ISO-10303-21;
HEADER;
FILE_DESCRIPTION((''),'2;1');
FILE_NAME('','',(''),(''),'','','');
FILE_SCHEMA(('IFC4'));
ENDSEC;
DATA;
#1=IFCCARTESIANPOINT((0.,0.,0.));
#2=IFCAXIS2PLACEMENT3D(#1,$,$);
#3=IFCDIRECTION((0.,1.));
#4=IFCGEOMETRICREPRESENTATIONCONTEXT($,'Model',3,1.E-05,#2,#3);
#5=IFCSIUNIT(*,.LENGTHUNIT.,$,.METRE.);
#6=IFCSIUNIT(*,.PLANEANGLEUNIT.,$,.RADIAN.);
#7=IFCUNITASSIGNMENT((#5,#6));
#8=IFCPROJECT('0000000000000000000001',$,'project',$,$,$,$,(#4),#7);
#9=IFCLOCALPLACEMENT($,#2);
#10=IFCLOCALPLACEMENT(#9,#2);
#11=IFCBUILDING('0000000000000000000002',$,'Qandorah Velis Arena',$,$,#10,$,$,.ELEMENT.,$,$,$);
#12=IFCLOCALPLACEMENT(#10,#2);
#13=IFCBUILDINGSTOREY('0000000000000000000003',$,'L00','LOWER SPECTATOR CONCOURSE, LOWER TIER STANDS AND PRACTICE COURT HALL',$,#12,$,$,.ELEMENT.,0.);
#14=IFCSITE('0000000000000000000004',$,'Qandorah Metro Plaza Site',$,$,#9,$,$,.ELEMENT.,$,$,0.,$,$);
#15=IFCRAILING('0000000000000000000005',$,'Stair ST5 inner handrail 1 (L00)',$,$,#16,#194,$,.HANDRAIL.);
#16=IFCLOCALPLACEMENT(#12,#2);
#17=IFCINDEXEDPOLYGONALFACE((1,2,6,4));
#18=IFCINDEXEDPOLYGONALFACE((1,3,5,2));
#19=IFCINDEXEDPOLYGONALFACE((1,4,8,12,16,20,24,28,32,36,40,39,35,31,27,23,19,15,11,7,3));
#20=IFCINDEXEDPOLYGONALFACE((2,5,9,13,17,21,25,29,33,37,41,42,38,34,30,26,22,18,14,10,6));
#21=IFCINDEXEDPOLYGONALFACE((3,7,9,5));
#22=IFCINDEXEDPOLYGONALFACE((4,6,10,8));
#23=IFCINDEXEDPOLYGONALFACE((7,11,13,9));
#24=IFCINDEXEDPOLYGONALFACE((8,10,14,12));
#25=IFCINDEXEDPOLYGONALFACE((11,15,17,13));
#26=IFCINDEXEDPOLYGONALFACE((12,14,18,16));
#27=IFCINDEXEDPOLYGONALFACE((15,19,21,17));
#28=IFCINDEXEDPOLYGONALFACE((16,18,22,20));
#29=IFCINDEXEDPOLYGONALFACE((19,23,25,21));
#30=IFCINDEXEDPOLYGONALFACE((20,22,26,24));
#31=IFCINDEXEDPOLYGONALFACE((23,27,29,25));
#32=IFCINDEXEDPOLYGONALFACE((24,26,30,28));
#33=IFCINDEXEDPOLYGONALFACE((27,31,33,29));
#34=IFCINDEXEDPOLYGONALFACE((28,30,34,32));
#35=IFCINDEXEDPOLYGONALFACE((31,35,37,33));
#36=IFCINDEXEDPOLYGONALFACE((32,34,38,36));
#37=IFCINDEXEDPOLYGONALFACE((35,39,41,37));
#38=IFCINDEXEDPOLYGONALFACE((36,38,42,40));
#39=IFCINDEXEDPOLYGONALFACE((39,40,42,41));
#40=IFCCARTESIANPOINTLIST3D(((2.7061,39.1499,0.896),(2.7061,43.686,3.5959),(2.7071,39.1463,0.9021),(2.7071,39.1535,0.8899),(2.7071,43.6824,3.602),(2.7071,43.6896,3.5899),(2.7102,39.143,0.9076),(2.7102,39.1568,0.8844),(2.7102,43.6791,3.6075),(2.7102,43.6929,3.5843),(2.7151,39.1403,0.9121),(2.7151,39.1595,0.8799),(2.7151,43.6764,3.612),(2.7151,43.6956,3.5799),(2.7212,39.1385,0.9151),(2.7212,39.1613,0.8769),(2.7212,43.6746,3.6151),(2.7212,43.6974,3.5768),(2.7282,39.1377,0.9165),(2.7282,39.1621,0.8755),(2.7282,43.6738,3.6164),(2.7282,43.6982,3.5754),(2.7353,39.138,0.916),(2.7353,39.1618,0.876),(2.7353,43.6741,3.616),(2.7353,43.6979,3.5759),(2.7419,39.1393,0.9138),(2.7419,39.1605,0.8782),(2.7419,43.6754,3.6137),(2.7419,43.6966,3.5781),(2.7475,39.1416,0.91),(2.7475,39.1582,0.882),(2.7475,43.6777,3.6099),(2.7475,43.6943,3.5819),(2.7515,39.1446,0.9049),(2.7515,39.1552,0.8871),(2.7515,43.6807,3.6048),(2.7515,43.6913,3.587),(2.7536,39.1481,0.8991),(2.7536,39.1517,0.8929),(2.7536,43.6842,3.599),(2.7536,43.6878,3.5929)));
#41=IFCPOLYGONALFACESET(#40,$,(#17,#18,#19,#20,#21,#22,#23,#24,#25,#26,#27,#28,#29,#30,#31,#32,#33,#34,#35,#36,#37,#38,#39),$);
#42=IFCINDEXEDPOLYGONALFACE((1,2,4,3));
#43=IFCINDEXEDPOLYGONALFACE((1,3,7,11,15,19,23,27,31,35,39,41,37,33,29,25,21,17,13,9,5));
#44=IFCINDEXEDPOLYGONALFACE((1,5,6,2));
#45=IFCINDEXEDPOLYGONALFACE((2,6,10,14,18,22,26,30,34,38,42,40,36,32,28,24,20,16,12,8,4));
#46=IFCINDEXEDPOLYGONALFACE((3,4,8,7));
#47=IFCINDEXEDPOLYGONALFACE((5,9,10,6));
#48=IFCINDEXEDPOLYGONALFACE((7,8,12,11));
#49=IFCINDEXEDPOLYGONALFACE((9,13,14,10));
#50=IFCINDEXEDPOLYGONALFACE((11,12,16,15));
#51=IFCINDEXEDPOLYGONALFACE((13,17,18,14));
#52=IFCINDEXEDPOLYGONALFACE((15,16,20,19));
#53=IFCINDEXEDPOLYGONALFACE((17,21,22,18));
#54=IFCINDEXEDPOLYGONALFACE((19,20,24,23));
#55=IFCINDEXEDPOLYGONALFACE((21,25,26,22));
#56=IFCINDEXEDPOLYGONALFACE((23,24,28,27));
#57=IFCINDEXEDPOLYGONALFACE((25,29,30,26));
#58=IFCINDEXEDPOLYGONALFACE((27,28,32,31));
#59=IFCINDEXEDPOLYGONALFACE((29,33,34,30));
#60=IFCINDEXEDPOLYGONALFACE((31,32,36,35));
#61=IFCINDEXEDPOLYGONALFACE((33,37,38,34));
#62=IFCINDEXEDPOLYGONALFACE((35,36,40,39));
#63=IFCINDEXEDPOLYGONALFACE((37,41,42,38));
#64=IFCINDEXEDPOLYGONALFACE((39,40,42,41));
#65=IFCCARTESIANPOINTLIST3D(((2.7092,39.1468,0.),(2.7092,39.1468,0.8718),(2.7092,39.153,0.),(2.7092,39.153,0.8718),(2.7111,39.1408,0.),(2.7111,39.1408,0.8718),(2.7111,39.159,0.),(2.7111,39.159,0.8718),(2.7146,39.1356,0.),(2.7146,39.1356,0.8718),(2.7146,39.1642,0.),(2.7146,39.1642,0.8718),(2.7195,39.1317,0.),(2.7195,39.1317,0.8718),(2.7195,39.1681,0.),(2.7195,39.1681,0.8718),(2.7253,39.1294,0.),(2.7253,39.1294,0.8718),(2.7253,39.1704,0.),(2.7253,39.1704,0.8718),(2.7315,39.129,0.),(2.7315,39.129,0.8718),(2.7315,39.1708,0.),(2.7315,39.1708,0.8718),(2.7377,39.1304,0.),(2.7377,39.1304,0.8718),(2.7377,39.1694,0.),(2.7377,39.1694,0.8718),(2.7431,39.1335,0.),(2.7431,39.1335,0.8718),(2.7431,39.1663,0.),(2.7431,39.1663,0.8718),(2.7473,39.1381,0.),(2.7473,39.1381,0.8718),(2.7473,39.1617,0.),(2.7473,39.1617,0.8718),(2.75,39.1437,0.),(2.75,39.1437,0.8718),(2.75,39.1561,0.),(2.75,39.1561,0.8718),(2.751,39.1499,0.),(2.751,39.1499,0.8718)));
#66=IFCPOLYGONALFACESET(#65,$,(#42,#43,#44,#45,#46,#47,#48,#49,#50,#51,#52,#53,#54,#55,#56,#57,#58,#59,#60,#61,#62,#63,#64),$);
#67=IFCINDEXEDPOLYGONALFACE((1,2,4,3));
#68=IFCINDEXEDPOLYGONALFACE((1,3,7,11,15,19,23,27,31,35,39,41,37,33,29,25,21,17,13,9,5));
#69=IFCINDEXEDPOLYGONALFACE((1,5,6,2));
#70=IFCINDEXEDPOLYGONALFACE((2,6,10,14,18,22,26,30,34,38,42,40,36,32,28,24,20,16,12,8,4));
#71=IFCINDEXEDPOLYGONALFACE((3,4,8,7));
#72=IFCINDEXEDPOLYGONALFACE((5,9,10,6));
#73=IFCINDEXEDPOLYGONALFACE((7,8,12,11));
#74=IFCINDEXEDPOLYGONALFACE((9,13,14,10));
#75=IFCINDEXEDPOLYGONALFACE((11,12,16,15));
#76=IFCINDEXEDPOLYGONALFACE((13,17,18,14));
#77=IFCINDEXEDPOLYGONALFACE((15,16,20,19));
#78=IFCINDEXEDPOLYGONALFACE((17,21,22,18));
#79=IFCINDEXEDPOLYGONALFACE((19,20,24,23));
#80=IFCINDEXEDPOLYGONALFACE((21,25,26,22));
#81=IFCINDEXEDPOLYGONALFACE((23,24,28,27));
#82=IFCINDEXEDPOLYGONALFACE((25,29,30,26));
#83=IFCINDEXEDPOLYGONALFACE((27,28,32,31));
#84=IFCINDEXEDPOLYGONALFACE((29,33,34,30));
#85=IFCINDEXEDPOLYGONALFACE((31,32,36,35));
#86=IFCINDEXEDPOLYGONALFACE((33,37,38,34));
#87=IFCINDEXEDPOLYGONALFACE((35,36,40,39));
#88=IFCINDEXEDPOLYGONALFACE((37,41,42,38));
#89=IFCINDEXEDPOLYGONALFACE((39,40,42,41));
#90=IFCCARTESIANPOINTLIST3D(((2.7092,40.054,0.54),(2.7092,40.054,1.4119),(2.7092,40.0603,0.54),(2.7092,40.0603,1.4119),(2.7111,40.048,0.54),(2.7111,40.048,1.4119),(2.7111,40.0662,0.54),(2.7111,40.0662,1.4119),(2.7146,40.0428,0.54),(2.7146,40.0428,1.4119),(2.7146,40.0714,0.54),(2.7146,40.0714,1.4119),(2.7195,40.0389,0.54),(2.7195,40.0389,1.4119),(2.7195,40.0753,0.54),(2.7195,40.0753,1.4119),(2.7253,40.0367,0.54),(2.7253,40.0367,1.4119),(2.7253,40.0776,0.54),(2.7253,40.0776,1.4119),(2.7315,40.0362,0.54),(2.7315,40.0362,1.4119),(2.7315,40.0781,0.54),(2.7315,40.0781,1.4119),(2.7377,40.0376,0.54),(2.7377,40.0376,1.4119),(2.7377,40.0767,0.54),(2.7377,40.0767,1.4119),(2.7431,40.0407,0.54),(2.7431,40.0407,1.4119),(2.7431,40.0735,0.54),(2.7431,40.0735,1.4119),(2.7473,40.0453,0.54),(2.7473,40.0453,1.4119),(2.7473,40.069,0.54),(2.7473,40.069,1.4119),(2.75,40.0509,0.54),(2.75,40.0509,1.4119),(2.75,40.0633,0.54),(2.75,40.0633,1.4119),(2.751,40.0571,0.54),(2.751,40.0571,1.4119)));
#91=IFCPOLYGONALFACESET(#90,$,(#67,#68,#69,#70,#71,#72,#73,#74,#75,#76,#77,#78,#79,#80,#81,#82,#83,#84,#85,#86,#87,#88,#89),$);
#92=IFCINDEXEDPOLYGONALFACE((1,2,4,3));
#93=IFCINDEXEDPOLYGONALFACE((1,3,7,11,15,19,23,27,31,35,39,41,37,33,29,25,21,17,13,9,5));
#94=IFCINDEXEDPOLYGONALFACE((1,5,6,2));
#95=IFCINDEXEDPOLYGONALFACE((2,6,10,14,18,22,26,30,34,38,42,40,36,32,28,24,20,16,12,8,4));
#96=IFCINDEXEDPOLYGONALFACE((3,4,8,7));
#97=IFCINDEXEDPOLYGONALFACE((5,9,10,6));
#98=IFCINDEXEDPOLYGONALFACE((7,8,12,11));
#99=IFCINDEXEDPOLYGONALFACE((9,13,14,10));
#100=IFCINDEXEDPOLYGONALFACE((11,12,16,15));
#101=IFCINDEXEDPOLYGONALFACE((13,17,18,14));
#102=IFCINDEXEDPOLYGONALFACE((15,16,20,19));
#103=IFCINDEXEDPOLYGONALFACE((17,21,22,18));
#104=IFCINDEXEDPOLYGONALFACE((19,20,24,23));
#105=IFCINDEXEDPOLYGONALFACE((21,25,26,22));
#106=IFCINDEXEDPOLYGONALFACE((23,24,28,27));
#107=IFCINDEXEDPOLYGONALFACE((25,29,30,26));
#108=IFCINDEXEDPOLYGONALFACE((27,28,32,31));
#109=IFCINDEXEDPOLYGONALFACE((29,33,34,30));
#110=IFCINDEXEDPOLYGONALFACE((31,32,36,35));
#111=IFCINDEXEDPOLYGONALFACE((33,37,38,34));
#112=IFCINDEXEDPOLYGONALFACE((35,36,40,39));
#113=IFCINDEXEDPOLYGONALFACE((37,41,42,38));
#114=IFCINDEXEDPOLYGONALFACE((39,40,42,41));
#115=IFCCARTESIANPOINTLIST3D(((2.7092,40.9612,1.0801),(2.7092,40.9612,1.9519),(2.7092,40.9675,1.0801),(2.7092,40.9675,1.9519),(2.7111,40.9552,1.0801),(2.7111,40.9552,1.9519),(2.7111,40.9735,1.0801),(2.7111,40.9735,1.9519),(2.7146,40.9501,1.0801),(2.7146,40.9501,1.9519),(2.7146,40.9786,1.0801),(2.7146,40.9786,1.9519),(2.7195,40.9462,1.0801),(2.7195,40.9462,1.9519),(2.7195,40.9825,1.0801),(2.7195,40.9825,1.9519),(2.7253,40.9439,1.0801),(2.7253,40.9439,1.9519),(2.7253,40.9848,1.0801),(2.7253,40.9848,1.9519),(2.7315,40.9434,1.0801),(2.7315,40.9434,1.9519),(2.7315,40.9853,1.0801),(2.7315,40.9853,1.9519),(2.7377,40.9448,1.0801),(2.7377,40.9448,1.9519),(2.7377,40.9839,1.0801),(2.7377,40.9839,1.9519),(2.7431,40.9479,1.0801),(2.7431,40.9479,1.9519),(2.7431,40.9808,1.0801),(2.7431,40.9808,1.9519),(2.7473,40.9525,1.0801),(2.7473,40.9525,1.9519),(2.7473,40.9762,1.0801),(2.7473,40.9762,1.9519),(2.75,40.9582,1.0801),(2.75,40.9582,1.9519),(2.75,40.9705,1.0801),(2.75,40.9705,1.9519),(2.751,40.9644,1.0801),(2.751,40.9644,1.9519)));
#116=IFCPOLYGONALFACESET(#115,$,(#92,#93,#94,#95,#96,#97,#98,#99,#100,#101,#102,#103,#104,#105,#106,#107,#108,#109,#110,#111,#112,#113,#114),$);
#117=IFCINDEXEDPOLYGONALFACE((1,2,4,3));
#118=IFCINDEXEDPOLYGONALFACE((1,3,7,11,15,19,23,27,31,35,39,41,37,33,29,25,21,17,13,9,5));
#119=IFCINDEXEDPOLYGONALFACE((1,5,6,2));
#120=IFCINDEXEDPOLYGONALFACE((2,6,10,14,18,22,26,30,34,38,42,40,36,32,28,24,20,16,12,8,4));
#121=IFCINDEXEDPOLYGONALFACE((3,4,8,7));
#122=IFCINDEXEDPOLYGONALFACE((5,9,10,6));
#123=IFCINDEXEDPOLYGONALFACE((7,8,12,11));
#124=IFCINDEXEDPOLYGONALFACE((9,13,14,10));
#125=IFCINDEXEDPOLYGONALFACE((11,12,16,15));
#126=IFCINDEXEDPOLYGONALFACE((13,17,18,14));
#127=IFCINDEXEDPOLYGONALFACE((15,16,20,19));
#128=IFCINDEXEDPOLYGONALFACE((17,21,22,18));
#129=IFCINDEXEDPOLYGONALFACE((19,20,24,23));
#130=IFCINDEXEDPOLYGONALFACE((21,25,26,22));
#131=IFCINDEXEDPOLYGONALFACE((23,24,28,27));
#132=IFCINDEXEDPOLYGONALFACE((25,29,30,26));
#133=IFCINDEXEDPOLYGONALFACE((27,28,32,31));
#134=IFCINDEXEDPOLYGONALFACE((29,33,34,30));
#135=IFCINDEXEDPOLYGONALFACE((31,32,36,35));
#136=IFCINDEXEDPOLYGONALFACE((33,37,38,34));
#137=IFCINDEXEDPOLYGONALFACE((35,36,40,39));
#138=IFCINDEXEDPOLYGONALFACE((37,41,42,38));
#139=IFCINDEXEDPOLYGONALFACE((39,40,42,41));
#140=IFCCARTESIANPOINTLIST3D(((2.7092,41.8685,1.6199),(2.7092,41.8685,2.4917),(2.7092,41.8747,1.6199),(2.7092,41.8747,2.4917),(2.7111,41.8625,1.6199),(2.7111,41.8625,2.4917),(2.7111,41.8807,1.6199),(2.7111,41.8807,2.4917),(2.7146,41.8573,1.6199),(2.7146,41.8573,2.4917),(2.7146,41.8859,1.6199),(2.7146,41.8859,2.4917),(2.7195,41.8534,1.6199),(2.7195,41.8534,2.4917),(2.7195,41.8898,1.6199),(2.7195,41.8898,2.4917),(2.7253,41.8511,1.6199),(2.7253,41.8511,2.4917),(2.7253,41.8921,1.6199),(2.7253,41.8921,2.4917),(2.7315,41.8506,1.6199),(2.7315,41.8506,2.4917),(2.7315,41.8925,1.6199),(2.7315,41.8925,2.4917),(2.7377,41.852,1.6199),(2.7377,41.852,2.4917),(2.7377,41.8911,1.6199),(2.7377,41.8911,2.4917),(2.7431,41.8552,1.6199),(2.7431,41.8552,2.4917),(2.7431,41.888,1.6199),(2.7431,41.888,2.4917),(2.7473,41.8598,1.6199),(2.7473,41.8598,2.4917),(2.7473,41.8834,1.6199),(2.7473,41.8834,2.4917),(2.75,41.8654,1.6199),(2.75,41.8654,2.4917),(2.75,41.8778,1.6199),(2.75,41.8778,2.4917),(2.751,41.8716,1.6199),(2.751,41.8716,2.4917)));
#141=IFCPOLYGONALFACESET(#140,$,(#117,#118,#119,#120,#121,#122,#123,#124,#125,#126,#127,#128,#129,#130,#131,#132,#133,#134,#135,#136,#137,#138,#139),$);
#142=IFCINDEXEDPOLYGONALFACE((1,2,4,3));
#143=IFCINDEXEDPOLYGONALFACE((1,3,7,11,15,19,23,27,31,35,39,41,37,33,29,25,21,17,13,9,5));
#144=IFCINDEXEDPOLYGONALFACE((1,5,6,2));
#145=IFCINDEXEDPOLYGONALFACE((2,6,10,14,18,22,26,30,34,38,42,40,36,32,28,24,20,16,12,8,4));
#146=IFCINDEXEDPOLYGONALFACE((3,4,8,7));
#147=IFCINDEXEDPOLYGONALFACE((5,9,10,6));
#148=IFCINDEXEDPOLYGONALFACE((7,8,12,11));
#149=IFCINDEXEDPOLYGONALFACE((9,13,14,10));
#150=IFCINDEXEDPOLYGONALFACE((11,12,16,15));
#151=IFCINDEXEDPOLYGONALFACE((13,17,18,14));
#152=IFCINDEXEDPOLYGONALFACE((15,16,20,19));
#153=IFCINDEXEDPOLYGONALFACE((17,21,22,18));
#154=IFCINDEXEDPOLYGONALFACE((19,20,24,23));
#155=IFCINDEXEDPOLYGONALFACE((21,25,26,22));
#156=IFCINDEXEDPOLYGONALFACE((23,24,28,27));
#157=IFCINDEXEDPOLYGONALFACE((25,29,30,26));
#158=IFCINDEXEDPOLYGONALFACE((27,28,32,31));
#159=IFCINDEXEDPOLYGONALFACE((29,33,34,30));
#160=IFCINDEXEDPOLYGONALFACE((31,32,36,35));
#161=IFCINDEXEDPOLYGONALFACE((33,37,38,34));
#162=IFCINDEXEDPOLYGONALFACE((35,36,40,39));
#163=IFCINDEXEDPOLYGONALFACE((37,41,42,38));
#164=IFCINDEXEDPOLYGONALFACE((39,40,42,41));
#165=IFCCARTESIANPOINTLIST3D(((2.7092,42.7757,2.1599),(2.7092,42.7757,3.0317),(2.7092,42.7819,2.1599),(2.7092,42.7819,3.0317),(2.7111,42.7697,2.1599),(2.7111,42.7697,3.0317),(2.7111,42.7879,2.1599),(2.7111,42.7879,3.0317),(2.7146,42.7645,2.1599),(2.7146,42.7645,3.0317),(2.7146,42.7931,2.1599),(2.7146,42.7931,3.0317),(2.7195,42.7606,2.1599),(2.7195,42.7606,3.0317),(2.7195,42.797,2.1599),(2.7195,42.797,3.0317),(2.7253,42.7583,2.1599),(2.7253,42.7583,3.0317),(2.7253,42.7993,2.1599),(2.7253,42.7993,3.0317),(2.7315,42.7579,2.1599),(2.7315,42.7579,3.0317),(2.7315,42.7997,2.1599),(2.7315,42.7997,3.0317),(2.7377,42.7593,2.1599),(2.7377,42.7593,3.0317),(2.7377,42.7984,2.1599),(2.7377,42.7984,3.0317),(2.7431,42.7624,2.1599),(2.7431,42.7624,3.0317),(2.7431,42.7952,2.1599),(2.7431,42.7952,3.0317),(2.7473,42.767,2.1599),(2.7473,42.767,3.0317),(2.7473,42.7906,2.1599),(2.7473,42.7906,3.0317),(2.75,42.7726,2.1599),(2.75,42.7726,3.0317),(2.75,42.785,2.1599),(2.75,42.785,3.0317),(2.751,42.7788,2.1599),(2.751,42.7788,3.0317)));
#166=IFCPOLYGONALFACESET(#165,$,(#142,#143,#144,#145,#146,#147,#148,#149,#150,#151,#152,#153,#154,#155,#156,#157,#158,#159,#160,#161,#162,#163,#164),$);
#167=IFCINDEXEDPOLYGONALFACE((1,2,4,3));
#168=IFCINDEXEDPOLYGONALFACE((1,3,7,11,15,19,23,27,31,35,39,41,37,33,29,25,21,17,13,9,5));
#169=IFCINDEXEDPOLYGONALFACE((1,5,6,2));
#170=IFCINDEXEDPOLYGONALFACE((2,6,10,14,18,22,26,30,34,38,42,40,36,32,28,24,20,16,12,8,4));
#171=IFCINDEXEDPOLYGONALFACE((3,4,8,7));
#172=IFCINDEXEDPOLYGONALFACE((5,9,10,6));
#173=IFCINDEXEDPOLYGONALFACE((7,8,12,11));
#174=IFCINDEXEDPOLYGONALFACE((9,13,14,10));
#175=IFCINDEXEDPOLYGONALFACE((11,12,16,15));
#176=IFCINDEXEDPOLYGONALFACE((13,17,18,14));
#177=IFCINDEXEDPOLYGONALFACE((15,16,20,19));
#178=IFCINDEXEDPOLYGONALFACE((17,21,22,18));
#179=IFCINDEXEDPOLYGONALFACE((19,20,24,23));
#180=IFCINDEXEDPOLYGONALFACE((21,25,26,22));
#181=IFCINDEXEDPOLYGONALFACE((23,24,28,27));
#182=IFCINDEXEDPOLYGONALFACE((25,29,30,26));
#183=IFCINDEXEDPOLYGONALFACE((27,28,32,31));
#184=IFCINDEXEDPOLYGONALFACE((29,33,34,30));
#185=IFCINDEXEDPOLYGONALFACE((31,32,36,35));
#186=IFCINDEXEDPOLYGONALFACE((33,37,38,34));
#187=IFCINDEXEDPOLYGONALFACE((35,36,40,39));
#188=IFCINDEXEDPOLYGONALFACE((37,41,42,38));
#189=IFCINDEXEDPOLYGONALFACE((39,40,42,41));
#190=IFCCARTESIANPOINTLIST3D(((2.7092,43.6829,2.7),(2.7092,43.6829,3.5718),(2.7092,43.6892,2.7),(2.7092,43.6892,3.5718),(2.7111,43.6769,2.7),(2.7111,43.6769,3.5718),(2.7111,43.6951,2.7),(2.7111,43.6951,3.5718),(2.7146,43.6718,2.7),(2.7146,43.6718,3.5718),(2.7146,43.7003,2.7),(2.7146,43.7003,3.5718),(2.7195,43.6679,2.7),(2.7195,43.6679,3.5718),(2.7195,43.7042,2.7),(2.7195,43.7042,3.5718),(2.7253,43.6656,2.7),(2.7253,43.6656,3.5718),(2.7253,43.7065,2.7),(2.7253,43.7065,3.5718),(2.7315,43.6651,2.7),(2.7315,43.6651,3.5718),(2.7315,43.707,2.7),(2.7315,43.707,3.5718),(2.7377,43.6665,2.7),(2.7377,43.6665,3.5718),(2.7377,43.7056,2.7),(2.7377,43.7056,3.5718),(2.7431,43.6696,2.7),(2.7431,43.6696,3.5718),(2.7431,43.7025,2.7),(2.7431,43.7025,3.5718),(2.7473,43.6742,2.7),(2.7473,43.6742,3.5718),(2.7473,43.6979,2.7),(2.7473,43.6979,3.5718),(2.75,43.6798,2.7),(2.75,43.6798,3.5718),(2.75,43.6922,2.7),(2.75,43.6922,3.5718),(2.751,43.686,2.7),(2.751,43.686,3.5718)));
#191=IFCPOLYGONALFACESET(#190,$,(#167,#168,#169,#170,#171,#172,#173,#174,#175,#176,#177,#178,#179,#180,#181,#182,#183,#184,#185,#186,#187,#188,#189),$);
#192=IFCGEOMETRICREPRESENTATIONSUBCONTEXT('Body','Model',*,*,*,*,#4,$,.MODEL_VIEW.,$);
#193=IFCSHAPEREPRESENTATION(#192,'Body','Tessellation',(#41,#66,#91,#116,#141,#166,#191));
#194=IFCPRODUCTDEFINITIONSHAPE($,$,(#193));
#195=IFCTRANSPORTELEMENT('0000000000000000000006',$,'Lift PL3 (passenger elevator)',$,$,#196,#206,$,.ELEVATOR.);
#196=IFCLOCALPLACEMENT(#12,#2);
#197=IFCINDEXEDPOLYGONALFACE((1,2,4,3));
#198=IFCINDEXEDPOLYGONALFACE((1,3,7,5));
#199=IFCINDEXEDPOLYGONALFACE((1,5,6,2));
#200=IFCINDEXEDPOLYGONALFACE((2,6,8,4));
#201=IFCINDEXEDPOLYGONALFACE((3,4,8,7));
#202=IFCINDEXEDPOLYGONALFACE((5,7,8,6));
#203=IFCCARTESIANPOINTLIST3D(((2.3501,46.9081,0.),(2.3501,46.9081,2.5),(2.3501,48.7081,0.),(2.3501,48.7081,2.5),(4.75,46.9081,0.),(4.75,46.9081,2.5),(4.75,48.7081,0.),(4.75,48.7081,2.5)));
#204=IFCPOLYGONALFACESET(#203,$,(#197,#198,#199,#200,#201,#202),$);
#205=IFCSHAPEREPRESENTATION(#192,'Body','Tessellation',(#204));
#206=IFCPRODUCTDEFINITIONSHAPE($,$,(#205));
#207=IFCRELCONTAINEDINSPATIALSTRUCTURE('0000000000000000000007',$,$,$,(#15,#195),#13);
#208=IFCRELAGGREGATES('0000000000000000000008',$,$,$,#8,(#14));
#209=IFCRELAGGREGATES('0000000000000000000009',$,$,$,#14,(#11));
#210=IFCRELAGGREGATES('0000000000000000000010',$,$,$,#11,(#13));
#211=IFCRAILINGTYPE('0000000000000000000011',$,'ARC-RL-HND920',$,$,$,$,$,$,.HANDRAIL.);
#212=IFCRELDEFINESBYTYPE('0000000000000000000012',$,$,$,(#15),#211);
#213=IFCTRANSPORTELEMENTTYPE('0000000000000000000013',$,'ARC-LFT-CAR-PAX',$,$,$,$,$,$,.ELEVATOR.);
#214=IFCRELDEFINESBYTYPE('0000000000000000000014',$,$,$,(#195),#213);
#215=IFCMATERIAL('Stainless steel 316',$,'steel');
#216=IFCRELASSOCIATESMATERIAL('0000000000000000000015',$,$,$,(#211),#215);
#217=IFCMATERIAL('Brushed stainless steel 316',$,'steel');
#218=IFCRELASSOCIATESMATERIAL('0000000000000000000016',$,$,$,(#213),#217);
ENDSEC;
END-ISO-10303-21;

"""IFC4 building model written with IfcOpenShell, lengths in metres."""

from ifc_helpers import new_model, si_unit, direction, frame, origin, origin_2d, place, context, subcontext, project, spatial, rectangle, circle, extrude, material, type_object, element, save


model = new_model("IFC4")

# Units and contexts
model_context = context("Model", 3, precision=1e-05, world=origin(), true_north=direction((0.0, 1.0)))
body_context = subcontext(model_context, "Body", "Model", "MODEL_VIEW")
ifc_project = project(units=[si_unit("LENGTHUNIT", "METRE"), si_unit("PLANEANGLEUNIT", "RADIAN")], contexts=[model_context])

# Site, building, storey
site_placement = place(None, origin())
site = spatial("IfcSite", under=ifc_project, at=site_placement, Name="Qandorah Metro Plaza Site", CompositionType="ELEMENT", RefElevation=0.0)
building_placement = place(site_placement, origin())
building = spatial("IfcBuilding", under=site, at=building_placement, Name="Qandorah Velis Arena", CompositionType="ELEMENT")
storey_placement = place(building_placement, origin())
storey = spatial("IfcBuildingStorey", under=building, at=storey_placement, Name="L00", Description="LOWER SPECTATOR CONCOURSE, LOWER TIER STANDS AND PRACTICE COURT HALL", CompositionType="ELEMENT", Elevation=0.0)

# Railing
ifc_material_1 = material(Name="Stainless steel 316", Category="steel")
railing_type_1 = type_object("IfcRailingType", Name="ARC-RL-HND920", PredefinedType="HANDRAIL", material=ifc_material_1)
railing_1_placement = place(storey_placement, frame((2.73, 39.1499, 0.0)))
element("IfcRailing", 1, at=railing_1_placement, inside=storey, type_object=railing_type_1, Name="Stair ST5 inner handrail 1 (L00)", PredefinedType="HANDRAIL", context=body_context, shape_type="SweptSolid", body=[
    extrude(circle(Radius=0.0239, at=origin_2d()), frame((0.0, 0.0, 0.896), z_axis=(0.0, 0.859304, 0.511466), x_axis=(-1.0, 0.0, 0.0)), (0.0, 0.0, 1.0), 5.2788),
    extrude(circle(Radius=0.021, at=origin_2d()), origin(), (0.0, 0.0, 1.0), 0.8718),
    extrude(circle(Radius=0.021, at=origin_2d()), frame((0.0, 0.9072, 0.54)), (0.0, 0.0, 1.0), 0.8718),
    extrude(circle(Radius=0.021, at=origin_2d()), frame((0.0, 1.8145, 1.0801)), (0.0, 0.0, 1.0), 0.8718),
    extrude(circle(Radius=0.021, at=origin_2d()), frame((0.0, 2.7217, 1.6199)), (0.0, 0.0, 1.0), 0.8718),
    extrude(circle(Radius=0.021, at=origin_2d()), frame((0.0, 3.6289, 2.1599)), (0.0, 0.0, 1.0), 0.8718),
    extrude(circle(Radius=0.021, at=origin_2d()), frame((0.0, 4.5361, 2.7)), (0.0, 0.0, 1.0), 0.8718),
])

# Transport element
ifc_material_2 = material(Name="Brushed stainless steel 316", Category="steel")
transport_element_type = type_object("IfcTransportElementType", Name="ARC-LFT-CAR-PAX", PredefinedType="ELEVATOR", material=ifc_material_2)
transport_element_placement = place(storey_placement, frame((3.55, 47.8081, 0.0), z_axis=(0.0, 0.0, 1.0), x_axis=(0.0, 1.0, 0.0)))
element("IfcTransportElement", 2, at=transport_element_placement, inside=storey, type_object=transport_element_type, Name="Lift PL3 (passenger elevator)", PredefinedType="ELEVATOR", context=body_context, shape_type="SweptSolid", body=[
    extrude(rectangle(XDim=1.8, YDim=2.3999, at=origin_2d()), origin(), (0.0, 0.0, 1.0), 2.5),
])

save(model, "model.ifc")
